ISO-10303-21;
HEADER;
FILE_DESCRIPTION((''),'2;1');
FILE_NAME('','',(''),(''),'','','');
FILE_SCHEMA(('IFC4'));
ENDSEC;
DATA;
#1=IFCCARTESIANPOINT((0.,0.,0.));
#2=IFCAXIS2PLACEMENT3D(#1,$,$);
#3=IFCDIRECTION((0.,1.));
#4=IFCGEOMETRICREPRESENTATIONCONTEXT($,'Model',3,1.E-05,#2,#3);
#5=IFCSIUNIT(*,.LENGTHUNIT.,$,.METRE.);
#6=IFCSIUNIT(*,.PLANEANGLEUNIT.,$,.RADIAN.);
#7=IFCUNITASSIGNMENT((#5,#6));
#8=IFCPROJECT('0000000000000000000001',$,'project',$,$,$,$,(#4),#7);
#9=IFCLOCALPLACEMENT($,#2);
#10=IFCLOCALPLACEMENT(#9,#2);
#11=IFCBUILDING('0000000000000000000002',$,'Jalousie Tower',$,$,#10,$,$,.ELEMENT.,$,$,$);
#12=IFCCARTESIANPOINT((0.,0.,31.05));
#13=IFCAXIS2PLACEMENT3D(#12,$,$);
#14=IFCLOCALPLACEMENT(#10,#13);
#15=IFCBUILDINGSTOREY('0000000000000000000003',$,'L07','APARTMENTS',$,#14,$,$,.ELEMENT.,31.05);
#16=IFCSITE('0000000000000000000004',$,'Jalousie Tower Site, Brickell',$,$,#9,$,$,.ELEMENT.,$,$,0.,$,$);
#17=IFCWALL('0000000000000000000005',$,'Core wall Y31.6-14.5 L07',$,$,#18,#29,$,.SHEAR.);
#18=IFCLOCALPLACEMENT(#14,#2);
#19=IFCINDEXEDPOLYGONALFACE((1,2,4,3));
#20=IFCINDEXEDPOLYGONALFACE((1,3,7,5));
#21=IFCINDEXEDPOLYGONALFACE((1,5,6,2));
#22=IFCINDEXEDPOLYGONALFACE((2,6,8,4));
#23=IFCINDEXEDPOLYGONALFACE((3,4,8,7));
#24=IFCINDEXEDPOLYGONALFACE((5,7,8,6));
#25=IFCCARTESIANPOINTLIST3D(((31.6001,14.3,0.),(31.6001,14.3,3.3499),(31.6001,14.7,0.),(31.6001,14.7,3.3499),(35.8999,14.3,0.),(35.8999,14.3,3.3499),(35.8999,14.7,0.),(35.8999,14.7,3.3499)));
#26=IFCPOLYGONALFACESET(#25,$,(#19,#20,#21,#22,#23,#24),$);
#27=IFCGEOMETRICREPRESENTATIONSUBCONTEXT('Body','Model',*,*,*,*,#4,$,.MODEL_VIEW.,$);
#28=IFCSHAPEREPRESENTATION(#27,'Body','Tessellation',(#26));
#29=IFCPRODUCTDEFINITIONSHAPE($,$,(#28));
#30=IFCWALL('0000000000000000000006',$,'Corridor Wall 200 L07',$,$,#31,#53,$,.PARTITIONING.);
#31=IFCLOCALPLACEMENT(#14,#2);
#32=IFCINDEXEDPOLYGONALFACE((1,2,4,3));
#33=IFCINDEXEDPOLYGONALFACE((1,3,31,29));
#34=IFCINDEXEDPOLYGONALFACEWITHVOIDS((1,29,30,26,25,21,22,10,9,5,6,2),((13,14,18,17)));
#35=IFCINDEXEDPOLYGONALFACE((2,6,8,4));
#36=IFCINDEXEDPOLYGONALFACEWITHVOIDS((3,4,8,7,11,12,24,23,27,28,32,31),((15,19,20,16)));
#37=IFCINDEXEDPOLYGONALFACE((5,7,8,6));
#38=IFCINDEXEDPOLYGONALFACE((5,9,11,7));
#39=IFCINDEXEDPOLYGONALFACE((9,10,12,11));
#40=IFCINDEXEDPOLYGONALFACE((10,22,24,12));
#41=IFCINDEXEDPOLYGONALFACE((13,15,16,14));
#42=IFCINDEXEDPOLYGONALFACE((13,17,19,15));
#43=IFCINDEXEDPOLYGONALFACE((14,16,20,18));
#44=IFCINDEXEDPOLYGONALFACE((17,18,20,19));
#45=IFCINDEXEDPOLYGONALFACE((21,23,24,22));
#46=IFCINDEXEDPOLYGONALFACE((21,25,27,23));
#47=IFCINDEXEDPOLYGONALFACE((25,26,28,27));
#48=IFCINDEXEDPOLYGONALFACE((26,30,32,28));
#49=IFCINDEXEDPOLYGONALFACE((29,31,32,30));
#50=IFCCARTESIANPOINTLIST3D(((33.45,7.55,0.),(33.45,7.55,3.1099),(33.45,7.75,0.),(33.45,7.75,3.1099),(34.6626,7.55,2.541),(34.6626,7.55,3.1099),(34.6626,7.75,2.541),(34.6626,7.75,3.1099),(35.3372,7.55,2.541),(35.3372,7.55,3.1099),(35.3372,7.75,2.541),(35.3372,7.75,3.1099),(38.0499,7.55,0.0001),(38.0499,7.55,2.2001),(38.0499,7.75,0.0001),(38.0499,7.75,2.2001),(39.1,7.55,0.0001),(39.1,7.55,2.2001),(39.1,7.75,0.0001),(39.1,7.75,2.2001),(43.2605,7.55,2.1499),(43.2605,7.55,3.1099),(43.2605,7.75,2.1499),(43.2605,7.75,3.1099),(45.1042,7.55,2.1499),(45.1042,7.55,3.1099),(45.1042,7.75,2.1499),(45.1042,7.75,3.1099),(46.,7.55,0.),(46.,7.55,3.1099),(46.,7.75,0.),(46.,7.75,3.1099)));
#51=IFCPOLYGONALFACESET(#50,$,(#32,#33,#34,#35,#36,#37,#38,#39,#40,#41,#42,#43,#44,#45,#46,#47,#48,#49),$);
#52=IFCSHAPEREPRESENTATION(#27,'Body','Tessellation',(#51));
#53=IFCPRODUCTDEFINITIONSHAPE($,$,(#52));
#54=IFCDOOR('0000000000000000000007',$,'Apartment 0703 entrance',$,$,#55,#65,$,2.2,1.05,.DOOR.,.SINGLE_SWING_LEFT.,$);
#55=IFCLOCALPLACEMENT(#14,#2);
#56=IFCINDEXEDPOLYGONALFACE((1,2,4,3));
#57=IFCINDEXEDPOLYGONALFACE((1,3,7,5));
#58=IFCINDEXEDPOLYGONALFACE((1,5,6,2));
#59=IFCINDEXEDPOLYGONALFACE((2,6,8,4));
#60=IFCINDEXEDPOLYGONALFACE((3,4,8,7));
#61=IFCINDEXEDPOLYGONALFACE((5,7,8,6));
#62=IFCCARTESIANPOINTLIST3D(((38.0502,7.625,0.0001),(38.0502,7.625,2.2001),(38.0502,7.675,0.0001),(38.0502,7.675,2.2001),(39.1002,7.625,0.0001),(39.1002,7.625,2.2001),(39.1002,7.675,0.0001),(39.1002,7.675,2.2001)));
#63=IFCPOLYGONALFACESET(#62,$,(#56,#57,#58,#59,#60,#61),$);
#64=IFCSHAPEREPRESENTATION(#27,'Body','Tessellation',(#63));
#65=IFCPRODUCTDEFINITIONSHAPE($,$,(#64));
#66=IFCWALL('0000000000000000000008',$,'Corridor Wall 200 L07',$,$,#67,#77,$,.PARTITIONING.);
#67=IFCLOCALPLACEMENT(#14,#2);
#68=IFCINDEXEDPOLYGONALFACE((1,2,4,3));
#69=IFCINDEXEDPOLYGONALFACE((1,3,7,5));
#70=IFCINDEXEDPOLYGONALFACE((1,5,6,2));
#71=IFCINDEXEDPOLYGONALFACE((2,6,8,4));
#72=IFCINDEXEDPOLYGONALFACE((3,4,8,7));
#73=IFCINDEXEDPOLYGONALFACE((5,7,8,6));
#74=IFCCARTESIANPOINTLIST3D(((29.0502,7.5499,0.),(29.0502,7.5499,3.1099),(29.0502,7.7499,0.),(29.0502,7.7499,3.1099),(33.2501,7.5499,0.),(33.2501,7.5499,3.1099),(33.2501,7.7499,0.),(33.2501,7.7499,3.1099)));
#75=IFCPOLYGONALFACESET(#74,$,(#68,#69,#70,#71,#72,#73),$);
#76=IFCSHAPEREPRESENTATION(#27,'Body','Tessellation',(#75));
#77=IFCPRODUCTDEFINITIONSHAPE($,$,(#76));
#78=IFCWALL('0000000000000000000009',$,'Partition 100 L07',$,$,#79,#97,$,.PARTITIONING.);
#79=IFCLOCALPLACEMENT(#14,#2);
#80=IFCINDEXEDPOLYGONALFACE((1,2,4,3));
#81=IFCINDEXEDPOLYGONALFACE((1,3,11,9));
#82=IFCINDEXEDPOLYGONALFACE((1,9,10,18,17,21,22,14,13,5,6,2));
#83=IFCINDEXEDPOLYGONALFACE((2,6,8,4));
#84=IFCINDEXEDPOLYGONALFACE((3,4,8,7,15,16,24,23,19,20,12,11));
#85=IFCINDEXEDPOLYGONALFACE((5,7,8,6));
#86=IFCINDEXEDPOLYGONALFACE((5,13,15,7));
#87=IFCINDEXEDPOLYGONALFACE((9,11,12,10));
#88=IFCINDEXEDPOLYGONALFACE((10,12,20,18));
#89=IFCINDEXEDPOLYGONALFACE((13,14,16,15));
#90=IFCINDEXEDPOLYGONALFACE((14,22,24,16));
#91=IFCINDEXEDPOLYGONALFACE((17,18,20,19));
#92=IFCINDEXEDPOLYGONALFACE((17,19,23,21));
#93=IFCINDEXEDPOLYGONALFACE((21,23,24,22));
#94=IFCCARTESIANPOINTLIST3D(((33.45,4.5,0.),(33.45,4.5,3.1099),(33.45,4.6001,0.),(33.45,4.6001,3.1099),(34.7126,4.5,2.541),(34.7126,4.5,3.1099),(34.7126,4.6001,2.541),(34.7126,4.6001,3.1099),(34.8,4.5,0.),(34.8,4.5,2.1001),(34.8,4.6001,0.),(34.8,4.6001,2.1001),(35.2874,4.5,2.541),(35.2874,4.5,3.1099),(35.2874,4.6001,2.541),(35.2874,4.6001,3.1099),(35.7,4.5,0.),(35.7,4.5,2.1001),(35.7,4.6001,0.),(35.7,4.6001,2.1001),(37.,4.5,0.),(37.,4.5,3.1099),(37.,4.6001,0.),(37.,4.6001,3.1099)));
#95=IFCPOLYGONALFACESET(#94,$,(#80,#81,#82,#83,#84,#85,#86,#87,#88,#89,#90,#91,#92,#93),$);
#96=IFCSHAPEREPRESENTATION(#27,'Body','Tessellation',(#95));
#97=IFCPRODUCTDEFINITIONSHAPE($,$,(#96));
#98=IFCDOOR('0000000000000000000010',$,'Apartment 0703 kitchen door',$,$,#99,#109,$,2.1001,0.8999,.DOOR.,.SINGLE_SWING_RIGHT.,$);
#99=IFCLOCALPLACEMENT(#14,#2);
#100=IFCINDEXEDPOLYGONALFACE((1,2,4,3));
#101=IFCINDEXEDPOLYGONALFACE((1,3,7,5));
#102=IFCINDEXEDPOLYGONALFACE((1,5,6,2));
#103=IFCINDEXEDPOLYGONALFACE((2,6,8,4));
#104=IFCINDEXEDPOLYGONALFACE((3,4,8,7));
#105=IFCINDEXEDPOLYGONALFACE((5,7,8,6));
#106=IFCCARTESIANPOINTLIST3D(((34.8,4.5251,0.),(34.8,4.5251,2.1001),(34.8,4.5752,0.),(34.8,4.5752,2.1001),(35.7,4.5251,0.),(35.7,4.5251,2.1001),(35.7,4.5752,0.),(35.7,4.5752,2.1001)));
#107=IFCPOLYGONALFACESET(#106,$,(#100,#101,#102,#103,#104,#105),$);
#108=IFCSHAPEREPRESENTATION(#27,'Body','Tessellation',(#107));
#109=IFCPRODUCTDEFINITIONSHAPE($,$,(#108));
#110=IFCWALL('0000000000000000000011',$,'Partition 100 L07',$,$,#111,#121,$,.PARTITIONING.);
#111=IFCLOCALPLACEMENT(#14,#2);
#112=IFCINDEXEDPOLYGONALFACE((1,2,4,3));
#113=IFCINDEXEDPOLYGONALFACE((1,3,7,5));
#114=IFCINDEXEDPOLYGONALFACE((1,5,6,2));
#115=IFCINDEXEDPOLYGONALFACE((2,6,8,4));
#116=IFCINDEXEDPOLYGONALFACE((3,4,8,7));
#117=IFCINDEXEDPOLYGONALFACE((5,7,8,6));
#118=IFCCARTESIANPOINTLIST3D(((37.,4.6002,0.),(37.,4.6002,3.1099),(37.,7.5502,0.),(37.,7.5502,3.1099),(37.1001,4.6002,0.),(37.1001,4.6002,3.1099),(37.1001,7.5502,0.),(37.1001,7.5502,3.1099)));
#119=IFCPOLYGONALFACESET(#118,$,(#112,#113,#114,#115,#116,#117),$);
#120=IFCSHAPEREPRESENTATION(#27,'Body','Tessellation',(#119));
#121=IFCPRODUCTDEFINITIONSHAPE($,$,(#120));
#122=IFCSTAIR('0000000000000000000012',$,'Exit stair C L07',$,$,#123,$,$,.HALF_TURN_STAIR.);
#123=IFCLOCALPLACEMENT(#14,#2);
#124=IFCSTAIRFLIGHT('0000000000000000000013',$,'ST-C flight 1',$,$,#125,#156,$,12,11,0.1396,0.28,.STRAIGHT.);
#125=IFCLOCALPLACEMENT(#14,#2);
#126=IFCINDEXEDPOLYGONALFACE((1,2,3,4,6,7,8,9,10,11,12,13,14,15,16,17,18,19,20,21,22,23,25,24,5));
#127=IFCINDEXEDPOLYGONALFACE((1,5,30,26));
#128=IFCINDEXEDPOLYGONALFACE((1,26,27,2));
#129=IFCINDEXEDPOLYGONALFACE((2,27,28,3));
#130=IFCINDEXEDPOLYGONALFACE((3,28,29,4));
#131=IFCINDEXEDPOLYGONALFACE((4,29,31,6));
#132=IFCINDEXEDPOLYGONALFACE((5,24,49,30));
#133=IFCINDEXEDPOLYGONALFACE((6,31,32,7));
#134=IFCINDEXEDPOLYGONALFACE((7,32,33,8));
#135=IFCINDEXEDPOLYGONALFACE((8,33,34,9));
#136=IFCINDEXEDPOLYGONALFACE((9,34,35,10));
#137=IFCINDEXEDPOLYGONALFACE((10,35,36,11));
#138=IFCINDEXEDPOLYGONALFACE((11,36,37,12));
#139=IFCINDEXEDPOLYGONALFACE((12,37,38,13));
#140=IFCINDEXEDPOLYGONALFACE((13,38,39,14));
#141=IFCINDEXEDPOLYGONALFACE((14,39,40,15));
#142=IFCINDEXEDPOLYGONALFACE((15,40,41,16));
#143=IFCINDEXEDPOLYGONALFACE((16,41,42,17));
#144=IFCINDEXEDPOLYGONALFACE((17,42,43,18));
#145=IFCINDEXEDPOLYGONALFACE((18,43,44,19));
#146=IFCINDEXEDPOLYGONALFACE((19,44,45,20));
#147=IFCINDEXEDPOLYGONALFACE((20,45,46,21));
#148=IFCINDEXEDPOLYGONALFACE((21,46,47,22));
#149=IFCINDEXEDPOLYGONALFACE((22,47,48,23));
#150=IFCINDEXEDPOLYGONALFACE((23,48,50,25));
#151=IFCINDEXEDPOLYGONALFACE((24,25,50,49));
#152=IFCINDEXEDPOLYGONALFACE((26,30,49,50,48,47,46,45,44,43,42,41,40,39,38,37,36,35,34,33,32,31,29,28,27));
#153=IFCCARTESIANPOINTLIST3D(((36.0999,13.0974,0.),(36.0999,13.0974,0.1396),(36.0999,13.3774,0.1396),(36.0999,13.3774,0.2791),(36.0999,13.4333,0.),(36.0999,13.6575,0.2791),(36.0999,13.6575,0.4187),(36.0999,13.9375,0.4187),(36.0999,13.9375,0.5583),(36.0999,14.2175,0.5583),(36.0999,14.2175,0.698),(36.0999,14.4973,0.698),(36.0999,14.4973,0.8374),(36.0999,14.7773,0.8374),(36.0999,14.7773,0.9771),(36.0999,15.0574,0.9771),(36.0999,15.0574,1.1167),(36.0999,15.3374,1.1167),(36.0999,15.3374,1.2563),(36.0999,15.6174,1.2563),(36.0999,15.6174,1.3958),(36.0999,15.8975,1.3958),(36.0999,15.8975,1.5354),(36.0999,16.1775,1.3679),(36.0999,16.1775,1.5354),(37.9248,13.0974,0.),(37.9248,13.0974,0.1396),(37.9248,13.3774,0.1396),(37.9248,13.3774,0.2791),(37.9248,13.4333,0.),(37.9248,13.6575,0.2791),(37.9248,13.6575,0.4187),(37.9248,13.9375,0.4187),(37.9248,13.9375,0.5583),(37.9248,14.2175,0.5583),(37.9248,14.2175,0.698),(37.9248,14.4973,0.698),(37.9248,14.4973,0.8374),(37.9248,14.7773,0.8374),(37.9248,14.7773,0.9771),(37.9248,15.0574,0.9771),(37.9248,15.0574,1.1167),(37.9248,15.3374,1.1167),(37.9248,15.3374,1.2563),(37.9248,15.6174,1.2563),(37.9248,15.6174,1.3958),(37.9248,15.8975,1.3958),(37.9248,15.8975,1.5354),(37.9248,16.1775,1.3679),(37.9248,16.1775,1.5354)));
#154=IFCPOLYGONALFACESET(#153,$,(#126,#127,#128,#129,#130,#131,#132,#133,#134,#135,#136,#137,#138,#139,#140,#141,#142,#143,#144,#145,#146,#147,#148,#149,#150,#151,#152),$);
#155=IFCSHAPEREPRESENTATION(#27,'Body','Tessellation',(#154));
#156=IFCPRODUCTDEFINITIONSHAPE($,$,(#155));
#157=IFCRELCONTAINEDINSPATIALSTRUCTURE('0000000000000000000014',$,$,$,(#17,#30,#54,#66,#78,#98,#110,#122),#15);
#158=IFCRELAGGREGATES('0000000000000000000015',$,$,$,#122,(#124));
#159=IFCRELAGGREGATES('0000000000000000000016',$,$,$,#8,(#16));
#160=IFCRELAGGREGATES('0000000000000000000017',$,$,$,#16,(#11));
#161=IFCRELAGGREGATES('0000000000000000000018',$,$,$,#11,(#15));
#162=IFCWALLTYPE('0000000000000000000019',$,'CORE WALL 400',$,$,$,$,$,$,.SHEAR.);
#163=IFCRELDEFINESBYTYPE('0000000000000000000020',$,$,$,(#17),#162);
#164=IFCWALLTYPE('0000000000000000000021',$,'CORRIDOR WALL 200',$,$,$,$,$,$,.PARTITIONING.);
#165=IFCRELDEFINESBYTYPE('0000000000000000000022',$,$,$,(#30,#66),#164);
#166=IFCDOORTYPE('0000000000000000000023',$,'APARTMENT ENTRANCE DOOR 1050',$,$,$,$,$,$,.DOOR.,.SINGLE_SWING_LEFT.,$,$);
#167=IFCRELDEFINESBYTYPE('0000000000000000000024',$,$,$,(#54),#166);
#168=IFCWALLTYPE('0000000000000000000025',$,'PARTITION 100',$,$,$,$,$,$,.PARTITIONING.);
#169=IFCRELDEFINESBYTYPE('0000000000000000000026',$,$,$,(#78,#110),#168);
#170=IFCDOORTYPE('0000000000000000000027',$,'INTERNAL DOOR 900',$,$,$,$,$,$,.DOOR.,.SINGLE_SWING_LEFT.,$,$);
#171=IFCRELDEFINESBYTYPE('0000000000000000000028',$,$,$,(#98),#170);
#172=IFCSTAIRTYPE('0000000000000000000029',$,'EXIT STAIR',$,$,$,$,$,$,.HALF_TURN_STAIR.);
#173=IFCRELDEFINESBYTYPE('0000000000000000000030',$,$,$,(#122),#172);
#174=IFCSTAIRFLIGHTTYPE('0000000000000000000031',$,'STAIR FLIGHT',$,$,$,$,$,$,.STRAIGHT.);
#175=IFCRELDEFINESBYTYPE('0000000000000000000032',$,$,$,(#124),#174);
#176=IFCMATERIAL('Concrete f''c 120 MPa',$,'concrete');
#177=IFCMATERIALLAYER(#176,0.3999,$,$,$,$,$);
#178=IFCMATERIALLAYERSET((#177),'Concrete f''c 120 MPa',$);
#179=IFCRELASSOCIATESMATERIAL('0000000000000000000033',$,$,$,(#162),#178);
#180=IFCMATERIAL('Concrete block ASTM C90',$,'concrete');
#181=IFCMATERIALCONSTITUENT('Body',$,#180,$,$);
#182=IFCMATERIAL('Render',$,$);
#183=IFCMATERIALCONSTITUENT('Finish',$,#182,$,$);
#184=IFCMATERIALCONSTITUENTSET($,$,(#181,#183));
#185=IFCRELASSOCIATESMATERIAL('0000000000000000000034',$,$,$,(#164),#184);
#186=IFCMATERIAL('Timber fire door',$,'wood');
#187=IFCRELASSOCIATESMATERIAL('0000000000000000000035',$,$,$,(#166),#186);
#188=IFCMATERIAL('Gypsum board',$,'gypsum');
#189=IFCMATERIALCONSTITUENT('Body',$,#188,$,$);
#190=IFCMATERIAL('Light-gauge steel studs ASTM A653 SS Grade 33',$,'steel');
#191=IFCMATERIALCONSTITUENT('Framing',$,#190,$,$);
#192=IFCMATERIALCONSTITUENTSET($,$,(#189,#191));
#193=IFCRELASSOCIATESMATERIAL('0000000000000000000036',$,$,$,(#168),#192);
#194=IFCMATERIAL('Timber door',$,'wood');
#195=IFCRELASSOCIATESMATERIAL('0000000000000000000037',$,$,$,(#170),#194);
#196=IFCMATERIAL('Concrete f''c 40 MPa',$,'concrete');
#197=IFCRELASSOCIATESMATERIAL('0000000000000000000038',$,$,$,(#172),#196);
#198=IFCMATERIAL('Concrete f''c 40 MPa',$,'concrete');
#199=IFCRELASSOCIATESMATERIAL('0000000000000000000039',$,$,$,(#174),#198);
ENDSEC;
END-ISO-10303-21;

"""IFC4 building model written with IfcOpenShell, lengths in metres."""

from ifc_helpers import new_model, si_unit, direction, frame, frame_2d, origin, place, context, subcontext, project, spatial, polyline, rectangle, outline, extrude, material, layer, layer_set, constituent, constituent_set, type_object, element, fill, aggregate, save


model = new_model("IFC4")

# Units and contexts
model_context = context("Model", 3, precision=1e-05, world=origin(), true_north=direction((0.0, 1.0)))
body_context = subcontext(model_context, "Body", "Model", "MODEL_VIEW")
ifc_project = project(units=[si_unit("LENGTHUNIT", "METRE"), si_unit("PLANEANGLEUNIT", "RADIAN")], contexts=[model_context])

# Site, building, storey
site_placement = place(None, origin())
site = spatial("IfcSite", under=ifc_project, at=site_placement, Name="Jalousie Tower Site, Brickell", CompositionType="ELEMENT", RefElevation=0.0)
building_placement = place(site_placement, origin())
building = spatial("IfcBuilding", under=site, at=building_placement, Name="Jalousie Tower", CompositionType="ELEMENT")
storey_placement = place(building_placement, frame((0.0, 0.0, 31.05)))
storey = spatial("IfcBuildingStorey", under=building, at=storey_placement, Name="L07", Description="APARTMENTS", CompositionType="ELEMENT", Elevation=31.05)

# Shared definitions
ifc_material_1 = material(Name="Concrete f'c 120 MPa", Category="concrete")
ifc_layer_1 = layer(ifc_material_1, 0.3999)
ifc_layer_set_1 = layer_set([ifc_layer_1], Name="Concrete f'c 120 MPa")
wall_type_1 = type_object("IfcWallType", Name="CORE WALL 400", PredefinedType="SHEAR", material=ifc_layer_set_1)

# Wall
wall_1_placement = place(storey_placement, frame((31.6001, 14.5, 0.0), z_axis=(0.0, 0.0, 1.0), x_axis=(1.0, 0.0, 0.0)))
element("IfcWall", 1, at=wall_1_placement, inside=storey, type_object=wall_type_1, Name="Core wall Y31.6-14.5 L07", PredefinedType="SHEAR", context=body_context, shape_type="SweptSolid", body=[
    extrude(rectangle(XDim=4.2998, YDim=0.3999, at=frame_2d((2.1499, 0.0))), origin(), (0.0, 0.0, 1.0), 3.3499),
])

# Wall, opening, door
ifc_material_2 = material(Name="Concrete block ASTM C90", Category="concrete")
ifc_constituent_1 = constituent(ifc_material_2, Name="Body")
ifc_material_3 = material(Name="Render")
ifc_constituent_2 = constituent(ifc_material_3, Name="Finish")
ifc_constituent_set_1 = constituent_set(constituents=[ifc_constituent_1, ifc_constituent_2])
wall_type_2 = type_object("IfcWallType", Name="CORRIDOR WALL 200", PredefinedType="PARTITIONING", material=ifc_constituent_set_1)
wall_2_placement = place(storey_placement, frame((33.45, 7.6499, 0.0), z_axis=(0.0, 0.0, 1.0), x_axis=(1.0, 0.0, 0.0)))
wall_2 = element("IfcWall", 2, at=wall_2_placement, inside=storey, type_object=wall_type_2, Name="Corridor Wall 200 L07", PredefinedType="PARTITIONING", context=body_context, shape_type="SweptSolid", body=[
    extrude(outline(polyline([(0.0, 0.0), (12.55, 0.0), (12.55, 3.1099), (11.6543, 3.1099), (11.6543, 2.1499), (9.8105, 2.1499), (9.8105, 3.1099), (1.8872, 3.1099), (1.8872, 2.541), (1.2126, 2.541), (1.2126, 3.1099), (0.0, 3.1099), (0.0, 0.0)])), frame((0.0, 0.1001, 0.0), z_axis=(0.0, -1.0, 0.0), x_axis=(1.0, 0.0, 0.0)), (0.0, 0.0, 1.0), 0.2),
])
opening_1_placement = place(wall_2_placement, frame((4.6001, 0.0, 0.0)))
opening_1 = element("IfcOpeningElement", 3, at=opening_1_placement, cuts=wall_2, PredefinedType="OPENING", context=body_context, shape_type="SweptSolid", body=[
    extrude(rectangle(XDim=1.05, YDim=2.2, at=frame_2d((0.5249, 1.1001))), frame((0.0, 0.1099, 0.0), z_axis=(0.0, -1.0, 0.0), x_axis=(1.0, 0.0, 0.0)), (0.0, 0.0, 1.0), 0.22),
])
ifc_material_4 = material(Name="Timber fire door", Category="wood")
door_type_1 = type_object("IfcDoorType", Name="APARTMENT ENTRANCE DOOR 1050", OperationType="SINGLE_SWING_LEFT", PredefinedType="DOOR", material=ifc_material_4)
door_1_placement = place(opening_1_placement, frame((1.05, 0.0, 0.0), z_axis=(0.0, 0.0, 1.0), x_axis=(-1.0, 0.0, 0.0)))
door_1 = element("IfcDoor", 4, at=door_1_placement, inside=storey, type_object=door_type_1, Name="Apartment 0703 entrance", OperationType="SINGLE_SWING_LEFT", OverallHeight=2.2, OverallWidth=1.05, PredefinedType="DOOR", context=body_context, shape_type="SweptSolid", body=[
    extrude(rectangle(XDim=1.05, YDim=2.2, at=frame_2d((0.5249, 1.1001))), frame((0.0, 0.0249, 0.0), z_axis=(0.0, -1.0, 0.0), x_axis=(1.0, 0.0, 0.0)), (0.0, 0.0, 1.0), 0.05),
])
fill(opening_1, door_1)

# Wall
wall_3_placement = place(storey_placement, frame((29.05, 7.6499, 0.0), z_axis=(0.0, 0.0, 1.0), x_axis=(1.0, 0.0, 0.0)))
element("IfcWall", 5, at=wall_3_placement, inside=storey, type_object=wall_type_2, Name="Corridor Wall 200 L07", PredefinedType="PARTITIONING", context=body_context, shape_type="SweptSolid", body=[
    extrude(rectangle(XDim=4.2, YDim=0.2, at=frame_2d((2.1001, 0.0))), origin(), (0.0, 0.0, 1.0), 3.1099),
])

# Wall, opening, door
ifc_material_5 = material(Name="Gypsum board", Category="gypsum")
ifc_constituent_3 = constituent(ifc_material_5, Name="Body")
ifc_material_6 = material(Name="Light-gauge steel studs ASTM A653 SS Grade 33", Category="steel")
ifc_constituent_4 = constituent(ifc_material_6, Name="Framing")
ifc_constituent_set_2 = constituent_set(constituents=[ifc_constituent_3, ifc_constituent_4])
wall_type_3 = type_object("IfcWallType", Name="PARTITION 100", PredefinedType="PARTITIONING", material=ifc_constituent_set_2)
wall_4_placement = place(storey_placement, frame((33.45, 4.55, 0.0), z_axis=(0.0, 0.0, 1.0), x_axis=(1.0, 0.0, 0.0)))
wall_4 = element("IfcWall", 6, at=wall_4_placement, inside=storey, type_object=wall_type_3, Name="Partition 100 L07", PredefinedType="PARTITIONING", context=body_context, shape_type="SweptSolid", body=[
    extrude(outline(polyline([(0.0, 0.0), (3.55, 0.0), (3.55, 3.1099), (1.8374, 3.1099), (1.8374, 2.541), (1.2627, 2.541), (1.2627, 3.1099), (0.0, 3.1099), (0.0, 0.0)])), frame((0.0, 0.05, 0.0), z_axis=(0.0, -1.0, 0.0), x_axis=(1.0, 0.0, 0.0)), (0.0, 0.0, 1.0), 0.1001),
])
opening_2_placement = place(wall_4_placement, frame((1.3501, 0.0, 0.0)))
opening_2 = element("IfcOpeningElement", 7, at=opening_2_placement, cuts=wall_4, PredefinedType="OPENING", context=body_context, shape_type="SweptSolid", body=[
    extrude(rectangle(XDim=0.8999, YDim=2.1001, at=frame_2d((0.45, 1.05))), frame((0.0, 0.0601, 0.0), z_axis=(0.0, -1.0, 0.0), x_axis=(1.0, 0.0, 0.0)), (0.0, 0.0, 1.0), 0.1201),
])
ifc_material_7 = material(Name="Timber door", Category="wood")
door_type_2 = type_object("IfcDoorType", Name="INTERNAL DOOR 900", OperationType="SINGLE_SWING_LEFT", PredefinedType="DOOR", material=ifc_material_7)
door_2_placement = place(opening_2_placement, frame((0.8999, 0.0, 0.0), z_axis=(0.0, 0.0, 1.0), x_axis=(-1.0, 0.0, 0.0)))
door_2 = element("IfcDoor", 8, at=door_2_placement, inside=storey, type_object=door_type_2, Name="Apartment 0703 kitchen door", OperationType="SINGLE_SWING_RIGHT", OverallHeight=2.1001, OverallWidth=0.8999, PredefinedType="DOOR", context=body_context, shape_type="SweptSolid", body=[
    extrude(rectangle(XDim=0.8999, YDim=2.1001, at=frame_2d((0.45, 1.05))), frame((0.0, 0.0249, 0.0), z_axis=(0.0, -1.0, 0.0), x_axis=(1.0, 0.0, 0.0)), (0.0, 0.0, 1.0), 0.05),
])
fill(opening_2, door_2)

# Wall
wall_5_placement = place(storey_placement, frame((37.05, 4.6001, 0.0), z_axis=(0.0, 0.0, 1.0), x_axis=(0.0, 1.0, 0.0)))
element("IfcWall", 9, at=wall_5_placement, inside=storey, type_object=wall_type_3, Name="Partition 100 L07", PredefinedType="PARTITIONING", context=body_context, shape_type="SweptSolid", body=[
    extrude(rectangle(XDim=2.95, YDim=0.1001, at=frame_2d((1.4751, 0.0))), origin(), (0.0, 0.0, 1.0), 3.1099),
])

# Stair, stair flight
ifc_material_8 = material(Name="Concrete f'c 40 MPa", Category="concrete")
stair_type = type_object("IfcStairType", Name="EXIT STAIR", PredefinedType="HALF_TURN_STAIR", material=ifc_material_8)
stair_placement = place(storey_placement, origin())
stair = element("IfcStair", 10, at=stair_placement, inside=storey, type_object=stair_type, Name="Exit stair C L07", PredefinedType="HALF_TURN_STAIR")
ifc_material_9 = material(Name="Concrete f'c 40 MPa", Category="concrete")
stair_flight_type = type_object("IfcStairFlightType", Name="STAIR FLIGHT", PredefinedType="STRAIGHT", material=ifc_material_9)
stair_flight_placement = place(storey_placement, frame((37.0125, 13.0974, 0.0), z_axis=(0.0, 0.0, 1.0), x_axis=(0.0, 1.0, 0.0)))
stair_flight = element("IfcStairFlight", 11, at=stair_flight_placement, type_object=stair_flight_type, Name="ST-C flight 1", NumberOfRisers=12, NumberOfTreads=11, PredefinedType="STRAIGHT", RiserHeight=0.1396, TreadLength=0.28, context=body_context, shape_type="SweptSolid", body=[
    extrude(outline(polyline([(0.0, 0.0), (0.0, 0.1396), (0.28, 0.1396), (0.28, 0.2791), (0.5601, 0.2791), (0.5601, 0.4187), (0.8401, 0.4187), (0.8401, 0.5583), (1.1201, 0.5583), (1.1201, 0.698), (1.3999, 0.698), (1.3999, 0.8374), (1.6799, 0.8374), (1.6799, 0.9771), (1.96, 0.9771), (1.96, 1.1167), (2.24, 1.1167), (2.24, 1.2563), (2.52, 1.2563), (2.52, 1.3958), (2.8, 1.3958), (2.8, 1.5354), (3.0801, 1.5354), (3.0801, 1.675), (3.0801, 1.3679), (0.3359, 0.0), (0.0, 0.0)])), frame((0.0, 0.9126, 0.0), z_axis=(0.0, -1.0, 0.0), x_axis=(1.0, 0.0, 0.0)), (0.0, 0.0, 1.0), 1.825),
])
aggregate(stair, [stair_flight])

save(model, "model.ifc")
